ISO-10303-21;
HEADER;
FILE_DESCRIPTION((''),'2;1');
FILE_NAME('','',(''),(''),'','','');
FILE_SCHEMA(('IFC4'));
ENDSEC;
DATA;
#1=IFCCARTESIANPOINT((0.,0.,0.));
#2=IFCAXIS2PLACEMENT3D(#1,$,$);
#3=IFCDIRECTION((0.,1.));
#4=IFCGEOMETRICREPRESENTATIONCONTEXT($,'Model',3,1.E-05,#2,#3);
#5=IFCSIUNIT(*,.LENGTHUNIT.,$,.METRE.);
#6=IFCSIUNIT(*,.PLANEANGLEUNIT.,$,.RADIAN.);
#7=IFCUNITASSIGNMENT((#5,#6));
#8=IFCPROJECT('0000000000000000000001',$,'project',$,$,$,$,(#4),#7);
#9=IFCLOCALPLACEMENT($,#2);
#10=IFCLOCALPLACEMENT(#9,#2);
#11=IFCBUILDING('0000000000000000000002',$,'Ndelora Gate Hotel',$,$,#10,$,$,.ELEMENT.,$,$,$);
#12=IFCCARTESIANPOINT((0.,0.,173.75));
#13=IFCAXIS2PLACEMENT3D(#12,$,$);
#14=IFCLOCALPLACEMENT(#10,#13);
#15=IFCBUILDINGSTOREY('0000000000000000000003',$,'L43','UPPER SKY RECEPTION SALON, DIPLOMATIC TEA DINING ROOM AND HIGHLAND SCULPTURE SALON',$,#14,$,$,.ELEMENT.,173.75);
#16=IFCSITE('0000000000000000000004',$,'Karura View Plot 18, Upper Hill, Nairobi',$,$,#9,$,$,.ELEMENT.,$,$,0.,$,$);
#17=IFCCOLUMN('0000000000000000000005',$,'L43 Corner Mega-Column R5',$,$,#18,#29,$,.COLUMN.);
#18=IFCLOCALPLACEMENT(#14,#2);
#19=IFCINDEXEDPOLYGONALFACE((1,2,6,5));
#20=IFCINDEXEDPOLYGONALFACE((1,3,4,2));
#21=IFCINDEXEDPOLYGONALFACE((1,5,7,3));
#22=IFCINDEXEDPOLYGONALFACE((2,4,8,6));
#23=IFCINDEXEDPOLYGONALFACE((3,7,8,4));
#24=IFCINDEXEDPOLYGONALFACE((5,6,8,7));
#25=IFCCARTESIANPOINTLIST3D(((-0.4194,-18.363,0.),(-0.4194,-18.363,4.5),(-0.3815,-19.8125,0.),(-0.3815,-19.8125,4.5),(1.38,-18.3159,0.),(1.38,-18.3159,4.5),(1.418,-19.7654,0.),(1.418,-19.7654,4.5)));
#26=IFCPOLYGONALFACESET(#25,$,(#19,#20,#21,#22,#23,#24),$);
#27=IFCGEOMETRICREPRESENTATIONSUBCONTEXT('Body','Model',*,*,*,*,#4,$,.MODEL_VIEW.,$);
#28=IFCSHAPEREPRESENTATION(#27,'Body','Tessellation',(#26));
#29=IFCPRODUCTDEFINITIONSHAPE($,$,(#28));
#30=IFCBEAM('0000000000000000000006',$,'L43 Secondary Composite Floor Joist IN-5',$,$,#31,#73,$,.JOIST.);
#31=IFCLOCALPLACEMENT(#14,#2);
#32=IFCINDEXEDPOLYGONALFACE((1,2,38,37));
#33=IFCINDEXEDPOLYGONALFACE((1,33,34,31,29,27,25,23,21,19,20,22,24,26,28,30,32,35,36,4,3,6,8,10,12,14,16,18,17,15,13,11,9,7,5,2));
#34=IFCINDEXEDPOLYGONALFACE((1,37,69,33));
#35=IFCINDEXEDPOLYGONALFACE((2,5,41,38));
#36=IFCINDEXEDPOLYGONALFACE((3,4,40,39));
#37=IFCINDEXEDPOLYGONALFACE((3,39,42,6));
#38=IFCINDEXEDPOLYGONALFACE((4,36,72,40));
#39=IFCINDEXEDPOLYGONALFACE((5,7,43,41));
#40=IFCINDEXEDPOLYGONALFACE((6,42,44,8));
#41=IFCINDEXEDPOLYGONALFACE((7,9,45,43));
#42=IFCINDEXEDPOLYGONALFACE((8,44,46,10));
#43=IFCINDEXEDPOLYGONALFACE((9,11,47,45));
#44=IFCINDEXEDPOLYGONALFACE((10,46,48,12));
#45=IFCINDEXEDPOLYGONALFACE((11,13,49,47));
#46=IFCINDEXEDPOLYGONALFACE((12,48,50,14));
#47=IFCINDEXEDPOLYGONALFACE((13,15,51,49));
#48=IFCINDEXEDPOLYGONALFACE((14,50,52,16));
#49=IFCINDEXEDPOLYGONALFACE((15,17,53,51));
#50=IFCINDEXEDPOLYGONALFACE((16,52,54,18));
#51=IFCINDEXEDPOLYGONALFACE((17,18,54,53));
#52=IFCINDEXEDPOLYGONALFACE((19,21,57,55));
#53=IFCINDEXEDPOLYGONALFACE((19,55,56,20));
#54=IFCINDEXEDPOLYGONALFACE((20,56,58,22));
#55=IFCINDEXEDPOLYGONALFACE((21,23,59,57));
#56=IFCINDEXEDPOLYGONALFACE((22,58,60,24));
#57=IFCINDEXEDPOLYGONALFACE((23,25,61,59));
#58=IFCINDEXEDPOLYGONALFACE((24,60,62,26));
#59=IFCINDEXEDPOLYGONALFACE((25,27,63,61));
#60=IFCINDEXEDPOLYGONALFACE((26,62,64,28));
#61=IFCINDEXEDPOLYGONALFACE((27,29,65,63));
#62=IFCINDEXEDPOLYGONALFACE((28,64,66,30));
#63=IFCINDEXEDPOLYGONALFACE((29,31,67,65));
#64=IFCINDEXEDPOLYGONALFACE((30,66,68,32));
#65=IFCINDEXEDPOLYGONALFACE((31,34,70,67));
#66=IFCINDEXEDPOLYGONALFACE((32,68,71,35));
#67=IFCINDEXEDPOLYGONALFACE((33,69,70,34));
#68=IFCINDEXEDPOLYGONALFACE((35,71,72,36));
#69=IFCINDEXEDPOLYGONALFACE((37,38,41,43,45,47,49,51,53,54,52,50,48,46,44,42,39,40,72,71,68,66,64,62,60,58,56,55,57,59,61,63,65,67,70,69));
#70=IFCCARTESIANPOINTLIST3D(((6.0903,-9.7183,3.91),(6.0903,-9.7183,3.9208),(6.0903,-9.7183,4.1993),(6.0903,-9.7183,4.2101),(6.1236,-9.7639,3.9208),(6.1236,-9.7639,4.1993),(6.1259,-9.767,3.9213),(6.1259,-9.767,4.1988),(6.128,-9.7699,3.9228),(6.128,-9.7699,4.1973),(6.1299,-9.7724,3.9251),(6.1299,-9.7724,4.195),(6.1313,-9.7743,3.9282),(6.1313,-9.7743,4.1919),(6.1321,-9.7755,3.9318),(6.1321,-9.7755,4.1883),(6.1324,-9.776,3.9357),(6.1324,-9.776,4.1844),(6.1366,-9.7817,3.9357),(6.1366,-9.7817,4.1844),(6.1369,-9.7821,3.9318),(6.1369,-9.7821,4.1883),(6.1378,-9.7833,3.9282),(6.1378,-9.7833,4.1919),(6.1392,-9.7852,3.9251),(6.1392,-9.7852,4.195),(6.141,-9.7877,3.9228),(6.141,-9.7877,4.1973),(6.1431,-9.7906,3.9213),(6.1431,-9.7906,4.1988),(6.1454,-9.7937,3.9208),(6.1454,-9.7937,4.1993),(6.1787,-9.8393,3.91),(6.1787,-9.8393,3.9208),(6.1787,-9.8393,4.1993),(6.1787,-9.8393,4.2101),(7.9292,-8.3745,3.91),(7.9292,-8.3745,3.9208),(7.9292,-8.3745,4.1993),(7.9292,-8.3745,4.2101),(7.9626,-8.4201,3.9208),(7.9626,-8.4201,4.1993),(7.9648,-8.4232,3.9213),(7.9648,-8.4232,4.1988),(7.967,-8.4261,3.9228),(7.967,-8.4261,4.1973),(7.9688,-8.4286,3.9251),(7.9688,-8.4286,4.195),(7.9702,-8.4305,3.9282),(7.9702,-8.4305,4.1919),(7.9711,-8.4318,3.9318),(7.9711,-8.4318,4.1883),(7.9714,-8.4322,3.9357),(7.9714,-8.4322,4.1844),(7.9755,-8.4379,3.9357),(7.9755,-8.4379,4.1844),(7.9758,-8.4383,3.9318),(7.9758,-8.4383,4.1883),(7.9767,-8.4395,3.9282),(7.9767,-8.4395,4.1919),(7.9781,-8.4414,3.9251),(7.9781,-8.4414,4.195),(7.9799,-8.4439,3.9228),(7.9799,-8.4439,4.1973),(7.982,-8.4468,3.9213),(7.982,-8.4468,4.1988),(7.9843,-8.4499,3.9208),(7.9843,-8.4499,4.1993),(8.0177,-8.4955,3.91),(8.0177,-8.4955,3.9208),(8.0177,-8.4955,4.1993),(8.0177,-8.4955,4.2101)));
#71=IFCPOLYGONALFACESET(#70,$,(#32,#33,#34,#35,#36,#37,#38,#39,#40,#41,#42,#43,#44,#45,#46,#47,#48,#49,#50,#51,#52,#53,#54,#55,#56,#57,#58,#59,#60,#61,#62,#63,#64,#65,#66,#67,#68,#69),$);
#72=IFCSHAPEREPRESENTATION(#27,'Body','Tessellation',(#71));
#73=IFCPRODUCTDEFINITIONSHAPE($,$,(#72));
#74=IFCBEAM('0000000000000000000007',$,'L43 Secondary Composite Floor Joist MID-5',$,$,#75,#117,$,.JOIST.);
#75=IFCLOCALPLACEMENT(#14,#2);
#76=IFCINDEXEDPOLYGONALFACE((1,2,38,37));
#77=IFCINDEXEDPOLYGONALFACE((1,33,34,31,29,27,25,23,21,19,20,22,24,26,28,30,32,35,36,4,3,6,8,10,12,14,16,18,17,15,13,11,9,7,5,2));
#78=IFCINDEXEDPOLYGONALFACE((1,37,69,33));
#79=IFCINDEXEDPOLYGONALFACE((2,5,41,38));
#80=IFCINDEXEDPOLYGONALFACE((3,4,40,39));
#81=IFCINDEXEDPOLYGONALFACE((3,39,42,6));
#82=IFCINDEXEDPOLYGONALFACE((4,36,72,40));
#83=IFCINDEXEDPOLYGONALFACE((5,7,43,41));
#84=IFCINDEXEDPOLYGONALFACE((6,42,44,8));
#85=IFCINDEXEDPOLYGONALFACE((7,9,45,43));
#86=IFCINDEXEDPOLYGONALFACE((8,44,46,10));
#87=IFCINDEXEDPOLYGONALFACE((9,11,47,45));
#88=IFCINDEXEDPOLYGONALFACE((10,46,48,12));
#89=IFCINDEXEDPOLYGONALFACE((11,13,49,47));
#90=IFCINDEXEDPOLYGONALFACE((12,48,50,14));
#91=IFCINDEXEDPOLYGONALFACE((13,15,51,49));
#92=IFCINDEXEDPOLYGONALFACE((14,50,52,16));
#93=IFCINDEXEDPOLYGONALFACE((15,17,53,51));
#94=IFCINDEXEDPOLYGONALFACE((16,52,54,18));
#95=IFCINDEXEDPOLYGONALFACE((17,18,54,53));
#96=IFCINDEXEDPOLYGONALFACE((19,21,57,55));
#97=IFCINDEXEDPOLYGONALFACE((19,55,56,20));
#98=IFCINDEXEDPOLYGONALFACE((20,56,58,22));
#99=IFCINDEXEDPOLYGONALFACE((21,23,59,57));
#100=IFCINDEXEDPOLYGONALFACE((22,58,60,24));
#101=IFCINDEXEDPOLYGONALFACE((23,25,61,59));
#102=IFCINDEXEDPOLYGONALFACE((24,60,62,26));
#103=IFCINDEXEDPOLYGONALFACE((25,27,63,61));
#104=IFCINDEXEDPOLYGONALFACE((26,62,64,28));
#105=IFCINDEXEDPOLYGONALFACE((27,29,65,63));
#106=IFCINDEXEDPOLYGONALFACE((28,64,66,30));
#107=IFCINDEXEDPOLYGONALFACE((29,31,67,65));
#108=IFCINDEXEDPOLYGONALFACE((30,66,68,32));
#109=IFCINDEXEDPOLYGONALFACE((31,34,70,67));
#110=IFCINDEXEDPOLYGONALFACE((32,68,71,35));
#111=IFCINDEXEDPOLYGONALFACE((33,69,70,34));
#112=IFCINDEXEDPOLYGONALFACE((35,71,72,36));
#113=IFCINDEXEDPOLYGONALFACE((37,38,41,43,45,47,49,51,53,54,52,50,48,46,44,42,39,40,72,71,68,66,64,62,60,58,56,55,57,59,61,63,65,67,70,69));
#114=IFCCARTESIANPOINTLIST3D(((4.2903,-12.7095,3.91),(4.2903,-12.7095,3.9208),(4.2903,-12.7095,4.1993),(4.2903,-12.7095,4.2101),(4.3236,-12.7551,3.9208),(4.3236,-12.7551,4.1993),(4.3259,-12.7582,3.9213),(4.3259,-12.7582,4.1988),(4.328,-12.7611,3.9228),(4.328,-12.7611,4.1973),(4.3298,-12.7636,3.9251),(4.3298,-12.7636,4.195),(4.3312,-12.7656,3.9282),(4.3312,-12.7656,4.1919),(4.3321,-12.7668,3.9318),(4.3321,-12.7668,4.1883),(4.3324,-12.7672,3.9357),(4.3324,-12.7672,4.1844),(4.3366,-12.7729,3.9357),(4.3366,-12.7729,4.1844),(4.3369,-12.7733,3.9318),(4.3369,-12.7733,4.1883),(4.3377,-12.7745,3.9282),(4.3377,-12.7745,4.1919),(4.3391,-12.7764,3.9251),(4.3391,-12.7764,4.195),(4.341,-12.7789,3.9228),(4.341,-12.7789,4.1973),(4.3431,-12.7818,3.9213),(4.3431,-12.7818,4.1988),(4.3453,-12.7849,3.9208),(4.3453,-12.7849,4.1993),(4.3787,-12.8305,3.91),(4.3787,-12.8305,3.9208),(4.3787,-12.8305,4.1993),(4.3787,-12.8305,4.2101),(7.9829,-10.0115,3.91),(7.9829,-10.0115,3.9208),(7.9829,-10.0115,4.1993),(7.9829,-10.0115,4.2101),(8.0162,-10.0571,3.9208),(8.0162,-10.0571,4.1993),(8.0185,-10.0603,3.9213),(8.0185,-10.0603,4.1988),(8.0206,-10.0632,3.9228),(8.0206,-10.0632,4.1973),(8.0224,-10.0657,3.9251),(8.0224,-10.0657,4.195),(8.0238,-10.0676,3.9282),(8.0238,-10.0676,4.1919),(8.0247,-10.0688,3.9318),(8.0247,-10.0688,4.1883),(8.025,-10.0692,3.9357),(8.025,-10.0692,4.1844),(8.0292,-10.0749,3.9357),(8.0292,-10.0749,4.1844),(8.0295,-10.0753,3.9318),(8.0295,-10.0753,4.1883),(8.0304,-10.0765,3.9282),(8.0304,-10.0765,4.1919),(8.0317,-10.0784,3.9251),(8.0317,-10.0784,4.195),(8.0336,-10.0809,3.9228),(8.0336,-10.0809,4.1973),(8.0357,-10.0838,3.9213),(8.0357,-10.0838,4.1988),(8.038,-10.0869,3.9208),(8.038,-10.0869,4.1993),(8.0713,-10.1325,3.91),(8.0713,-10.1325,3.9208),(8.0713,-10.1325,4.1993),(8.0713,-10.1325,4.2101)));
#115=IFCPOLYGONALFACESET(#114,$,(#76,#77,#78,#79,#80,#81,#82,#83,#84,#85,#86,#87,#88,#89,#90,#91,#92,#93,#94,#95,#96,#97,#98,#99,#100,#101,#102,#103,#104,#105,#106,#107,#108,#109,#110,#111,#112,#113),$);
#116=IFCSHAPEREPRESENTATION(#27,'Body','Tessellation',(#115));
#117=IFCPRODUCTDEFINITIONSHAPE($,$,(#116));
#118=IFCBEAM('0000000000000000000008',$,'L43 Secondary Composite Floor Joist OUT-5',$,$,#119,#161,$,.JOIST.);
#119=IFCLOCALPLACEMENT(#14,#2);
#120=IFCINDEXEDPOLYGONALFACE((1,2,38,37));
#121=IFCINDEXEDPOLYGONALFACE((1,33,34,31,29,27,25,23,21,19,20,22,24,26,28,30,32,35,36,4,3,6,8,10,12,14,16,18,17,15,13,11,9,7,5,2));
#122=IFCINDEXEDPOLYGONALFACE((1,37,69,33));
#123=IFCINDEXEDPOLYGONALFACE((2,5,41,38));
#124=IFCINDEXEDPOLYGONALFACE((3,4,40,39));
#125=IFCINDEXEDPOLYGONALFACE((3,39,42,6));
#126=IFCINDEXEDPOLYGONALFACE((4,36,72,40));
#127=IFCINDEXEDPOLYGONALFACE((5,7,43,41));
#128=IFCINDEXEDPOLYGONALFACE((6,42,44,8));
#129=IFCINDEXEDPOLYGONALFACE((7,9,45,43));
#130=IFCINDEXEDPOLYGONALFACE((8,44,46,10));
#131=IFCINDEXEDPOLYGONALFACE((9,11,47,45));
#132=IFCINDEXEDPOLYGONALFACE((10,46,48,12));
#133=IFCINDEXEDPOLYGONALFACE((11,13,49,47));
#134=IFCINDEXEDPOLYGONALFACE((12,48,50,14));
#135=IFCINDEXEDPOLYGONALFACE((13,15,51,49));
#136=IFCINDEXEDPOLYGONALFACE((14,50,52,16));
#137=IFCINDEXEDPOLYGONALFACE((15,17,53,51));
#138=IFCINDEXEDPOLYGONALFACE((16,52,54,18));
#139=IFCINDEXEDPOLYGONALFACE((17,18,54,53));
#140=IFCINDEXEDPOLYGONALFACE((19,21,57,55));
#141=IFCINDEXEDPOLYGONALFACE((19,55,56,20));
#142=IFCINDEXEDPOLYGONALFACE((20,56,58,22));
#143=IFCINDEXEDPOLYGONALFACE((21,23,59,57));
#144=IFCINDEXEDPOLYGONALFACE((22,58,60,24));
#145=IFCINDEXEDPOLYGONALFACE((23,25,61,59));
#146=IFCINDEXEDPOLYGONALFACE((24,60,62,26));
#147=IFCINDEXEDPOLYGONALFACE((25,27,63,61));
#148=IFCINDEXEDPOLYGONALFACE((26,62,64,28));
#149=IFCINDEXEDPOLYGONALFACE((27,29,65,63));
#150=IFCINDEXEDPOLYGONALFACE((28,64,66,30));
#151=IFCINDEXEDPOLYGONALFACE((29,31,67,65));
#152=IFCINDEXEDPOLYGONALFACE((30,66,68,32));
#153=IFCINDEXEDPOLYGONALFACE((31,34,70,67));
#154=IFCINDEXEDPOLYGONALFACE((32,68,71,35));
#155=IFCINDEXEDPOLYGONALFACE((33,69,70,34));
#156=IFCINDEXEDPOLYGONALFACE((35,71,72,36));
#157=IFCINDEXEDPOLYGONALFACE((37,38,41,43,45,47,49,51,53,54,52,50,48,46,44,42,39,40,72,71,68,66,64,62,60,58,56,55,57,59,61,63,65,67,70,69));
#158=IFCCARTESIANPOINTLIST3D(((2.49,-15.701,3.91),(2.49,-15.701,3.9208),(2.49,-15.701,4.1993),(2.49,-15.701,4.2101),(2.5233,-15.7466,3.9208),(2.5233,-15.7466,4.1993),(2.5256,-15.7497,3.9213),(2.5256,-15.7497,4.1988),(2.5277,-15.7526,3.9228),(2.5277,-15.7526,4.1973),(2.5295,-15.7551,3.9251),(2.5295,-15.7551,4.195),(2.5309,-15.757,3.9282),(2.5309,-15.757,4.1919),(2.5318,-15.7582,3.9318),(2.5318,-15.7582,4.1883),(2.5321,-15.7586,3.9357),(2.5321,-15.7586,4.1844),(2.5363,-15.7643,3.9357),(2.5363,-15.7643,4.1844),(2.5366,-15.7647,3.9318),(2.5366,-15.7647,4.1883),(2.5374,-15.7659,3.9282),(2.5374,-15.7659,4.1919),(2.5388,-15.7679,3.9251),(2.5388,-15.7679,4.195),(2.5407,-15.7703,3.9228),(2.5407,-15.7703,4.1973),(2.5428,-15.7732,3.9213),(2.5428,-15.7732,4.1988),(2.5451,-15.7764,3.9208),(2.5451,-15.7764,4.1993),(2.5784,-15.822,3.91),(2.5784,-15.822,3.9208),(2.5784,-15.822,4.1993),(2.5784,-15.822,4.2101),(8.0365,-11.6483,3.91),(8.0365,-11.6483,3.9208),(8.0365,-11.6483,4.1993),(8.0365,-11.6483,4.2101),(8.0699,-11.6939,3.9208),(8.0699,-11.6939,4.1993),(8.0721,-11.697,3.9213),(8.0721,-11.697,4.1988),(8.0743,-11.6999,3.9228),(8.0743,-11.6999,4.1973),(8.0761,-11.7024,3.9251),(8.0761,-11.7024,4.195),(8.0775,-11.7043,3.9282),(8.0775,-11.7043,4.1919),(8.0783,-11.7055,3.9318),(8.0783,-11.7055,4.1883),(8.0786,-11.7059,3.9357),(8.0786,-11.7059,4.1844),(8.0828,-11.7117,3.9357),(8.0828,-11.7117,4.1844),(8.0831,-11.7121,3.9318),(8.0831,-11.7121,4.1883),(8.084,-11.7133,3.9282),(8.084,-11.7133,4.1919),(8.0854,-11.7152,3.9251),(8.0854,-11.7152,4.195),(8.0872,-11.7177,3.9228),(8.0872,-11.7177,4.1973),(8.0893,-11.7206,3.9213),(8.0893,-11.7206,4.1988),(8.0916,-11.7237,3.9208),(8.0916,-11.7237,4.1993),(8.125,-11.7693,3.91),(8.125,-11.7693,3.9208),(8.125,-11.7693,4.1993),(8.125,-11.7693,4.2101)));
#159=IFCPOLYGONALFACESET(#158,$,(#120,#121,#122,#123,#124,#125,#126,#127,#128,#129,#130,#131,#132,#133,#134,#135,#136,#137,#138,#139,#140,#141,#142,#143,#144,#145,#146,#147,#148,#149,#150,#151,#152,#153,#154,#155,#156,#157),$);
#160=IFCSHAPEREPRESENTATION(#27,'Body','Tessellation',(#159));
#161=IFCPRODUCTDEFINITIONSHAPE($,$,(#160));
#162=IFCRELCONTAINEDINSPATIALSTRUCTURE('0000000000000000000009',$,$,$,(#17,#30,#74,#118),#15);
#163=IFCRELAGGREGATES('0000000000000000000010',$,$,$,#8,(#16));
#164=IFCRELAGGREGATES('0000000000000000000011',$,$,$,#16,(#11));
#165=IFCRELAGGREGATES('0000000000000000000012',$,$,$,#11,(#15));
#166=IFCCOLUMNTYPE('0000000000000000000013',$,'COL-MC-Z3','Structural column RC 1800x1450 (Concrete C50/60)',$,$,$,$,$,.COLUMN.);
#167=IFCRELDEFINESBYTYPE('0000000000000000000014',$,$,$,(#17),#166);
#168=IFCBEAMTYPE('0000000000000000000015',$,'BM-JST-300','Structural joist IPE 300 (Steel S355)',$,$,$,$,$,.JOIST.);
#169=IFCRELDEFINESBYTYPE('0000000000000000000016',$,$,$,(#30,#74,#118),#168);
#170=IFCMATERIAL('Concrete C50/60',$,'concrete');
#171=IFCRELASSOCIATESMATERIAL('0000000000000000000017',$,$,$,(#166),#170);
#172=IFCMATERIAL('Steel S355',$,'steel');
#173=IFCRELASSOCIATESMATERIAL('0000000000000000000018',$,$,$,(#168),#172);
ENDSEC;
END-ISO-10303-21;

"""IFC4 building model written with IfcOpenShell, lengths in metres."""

from ifc_helpers import new_model, si_unit, direction, frame, origin, origin_2d, place, context, subcontext, project, spatial, rectangle, i_section, extrude, material, material_profile, profile_set, type_object, element, save


model = new_model("IFC4")

# Units and contexts
model_context = context("Model", 3, precision=1e-05, world=origin(), true_north=direction((0.0, 1.0)))
body_context = subcontext(model_context, "Body", "Model", "MODEL_VIEW")
ifc_project = project(units=[si_unit("LENGTHUNIT", "METRE"), si_unit("PLANEANGLEUNIT", "RADIAN")], contexts=[model_context])

# Site, building, storey
site_placement = place(None, origin())
site = spatial("IfcSite", under=ifc_project, at=site_placement, Name="Karura View Plot 18, Upper Hill, Nairobi", CompositionType="ELEMENT", RefElevation=0.0)
building_placement = place(site_placement, origin())
building = spatial("IfcBuilding", under=site, at=building_placement, Name="Ndelora Gate Hotel", CompositionType="ELEMENT")
storey_placement = place(building_placement, frame((0.0, 0.0, 173.75)))
storey = spatial("IfcBuildingStorey", under=building, at=storey_placement, Name="L43", Description="UPPER SKY RECEPTION SALON, DIPLOMATIC TEA DINING ROOM AND HIGHLAND SCULPTURE SALON", CompositionType="ELEMENT", Elevation=173.75)

# Column
ifc_material_1 = material(Name="Concrete C50/60", Category="concrete")
ifc_material_profile_1 = material_profile(ifc_material_1, rectangle(XDim=1.45, YDim=1.8, at=origin_2d()), Name="RC 1800x1450")
ifc_profile_set_1 = profile_set([ifc_material_profile_1], Name="Concrete C50/60")
column_type = type_object("IfcColumnType", Name="COL-MC-Z3", Description="Structural column RC 1800x1450 (Concrete C50/60)", PredefinedType="COLUMN", material=ifc_profile_set_1)
column_placement = place(storey_placement, frame((0.4993, -19.0642, 0.0), z_axis=(0.0, 0.0, 1.0), x_axis=(-0.026177, 0.999657, 0.0)))
element("IfcColumn", 1, at=column_placement, inside=storey, type_object=column_type, Name="L43 Corner Mega-Column R5", PredefinedType="COLUMN", context=body_context, shape_type="SweptSolid", body=[
    extrude(rectangle(XDim=1.45, YDim=1.8, at=origin_2d()), origin(), (0.0, 0.0, 1.0), 4.5),
])

# Beams
ifc_material_2 = material(Name="Steel S355", Category="steel")
ifc_material_profile_2 = material_profile(ifc_material_2, i_section(OverallWidth=0.1499, OverallDepth=0.3, WebThickness=0.0071, FlangeThickness=0.0107, FilletRadius=0.0149, at=origin_2d()), Name="IPE 300")
ifc_profile_set_2 = profile_set([ifc_material_profile_2], Name="Steel S355")
beam_type_1 = type_object("IfcBeamType", Name="BM-JST-300", Description="Structural joist IPE 300 (Steel S355)", PredefinedType="JOIST", material=ifc_profile_set_2)
beam_1_placement = place(storey_placement, frame((6.1345, -9.7788, 4.0601), z_axis=(0.807399, 0.590006, 0.0), x_axis=(-0.590006, 0.807399, 0.0)))
element("IfcBeam", 2, at=beam_1_placement, inside=storey, type_object=beam_type_1, Name="L43 Secondary Composite Floor Joist IN-5", PredefinedType="JOIST", context=body_context, shape_type="SweptSolid", body=[
    extrude(i_section(OverallWidth=0.1499, OverallDepth=0.3, WebThickness=0.0071, FlangeThickness=0.0107, FilletRadius=0.0149, at=origin_2d()), origin(), (0.0, 0.0, 1.0), 2.2776),
])
beam_2_placement = place(storey_placement, frame((4.3345, -12.77, 4.0601), z_axis=(0.807439, 0.589951, 0.0), x_axis=(-0.589951, 0.807439, 0.0)))
element("IfcBeam", 3, at=beam_2_placement, inside=storey, type_object=beam_type_1, Name="L43 Secondary Composite Floor Joist MID-5", PredefinedType="JOIST", context=body_context, shape_type="SweptSolid", body=[
    extrude(i_section(OverallWidth=0.1499, OverallDepth=0.3, WebThickness=0.0071, FlangeThickness=0.0107, FilletRadius=0.0149, at=origin_2d()), origin(), (0.0, 0.0, 1.0), 4.5732),
])
beam_3_placement = place(storey_placement, frame((2.5342, -15.7615, 4.0601), z_axis=(0.807431, 0.589962, 0.0), x_axis=(-0.589962, 0.807431, 0.0)))
element("IfcBeam", 4, at=beam_3_placement, inside=storey, type_object=beam_type_1, Name="L43 Secondary Composite Floor Joist OUT-5", PredefinedType="JOIST", context=body_context, shape_type="SweptSolid", body=[
    extrude(i_section(OverallWidth=0.1499, OverallDepth=0.3, WebThickness=0.0071, FlangeThickness=0.0107, FilletRadius=0.0149, at=origin_2d()), origin(), (0.0, 0.0, 1.0), 6.8694),
])

save(model, "model.ifc")
